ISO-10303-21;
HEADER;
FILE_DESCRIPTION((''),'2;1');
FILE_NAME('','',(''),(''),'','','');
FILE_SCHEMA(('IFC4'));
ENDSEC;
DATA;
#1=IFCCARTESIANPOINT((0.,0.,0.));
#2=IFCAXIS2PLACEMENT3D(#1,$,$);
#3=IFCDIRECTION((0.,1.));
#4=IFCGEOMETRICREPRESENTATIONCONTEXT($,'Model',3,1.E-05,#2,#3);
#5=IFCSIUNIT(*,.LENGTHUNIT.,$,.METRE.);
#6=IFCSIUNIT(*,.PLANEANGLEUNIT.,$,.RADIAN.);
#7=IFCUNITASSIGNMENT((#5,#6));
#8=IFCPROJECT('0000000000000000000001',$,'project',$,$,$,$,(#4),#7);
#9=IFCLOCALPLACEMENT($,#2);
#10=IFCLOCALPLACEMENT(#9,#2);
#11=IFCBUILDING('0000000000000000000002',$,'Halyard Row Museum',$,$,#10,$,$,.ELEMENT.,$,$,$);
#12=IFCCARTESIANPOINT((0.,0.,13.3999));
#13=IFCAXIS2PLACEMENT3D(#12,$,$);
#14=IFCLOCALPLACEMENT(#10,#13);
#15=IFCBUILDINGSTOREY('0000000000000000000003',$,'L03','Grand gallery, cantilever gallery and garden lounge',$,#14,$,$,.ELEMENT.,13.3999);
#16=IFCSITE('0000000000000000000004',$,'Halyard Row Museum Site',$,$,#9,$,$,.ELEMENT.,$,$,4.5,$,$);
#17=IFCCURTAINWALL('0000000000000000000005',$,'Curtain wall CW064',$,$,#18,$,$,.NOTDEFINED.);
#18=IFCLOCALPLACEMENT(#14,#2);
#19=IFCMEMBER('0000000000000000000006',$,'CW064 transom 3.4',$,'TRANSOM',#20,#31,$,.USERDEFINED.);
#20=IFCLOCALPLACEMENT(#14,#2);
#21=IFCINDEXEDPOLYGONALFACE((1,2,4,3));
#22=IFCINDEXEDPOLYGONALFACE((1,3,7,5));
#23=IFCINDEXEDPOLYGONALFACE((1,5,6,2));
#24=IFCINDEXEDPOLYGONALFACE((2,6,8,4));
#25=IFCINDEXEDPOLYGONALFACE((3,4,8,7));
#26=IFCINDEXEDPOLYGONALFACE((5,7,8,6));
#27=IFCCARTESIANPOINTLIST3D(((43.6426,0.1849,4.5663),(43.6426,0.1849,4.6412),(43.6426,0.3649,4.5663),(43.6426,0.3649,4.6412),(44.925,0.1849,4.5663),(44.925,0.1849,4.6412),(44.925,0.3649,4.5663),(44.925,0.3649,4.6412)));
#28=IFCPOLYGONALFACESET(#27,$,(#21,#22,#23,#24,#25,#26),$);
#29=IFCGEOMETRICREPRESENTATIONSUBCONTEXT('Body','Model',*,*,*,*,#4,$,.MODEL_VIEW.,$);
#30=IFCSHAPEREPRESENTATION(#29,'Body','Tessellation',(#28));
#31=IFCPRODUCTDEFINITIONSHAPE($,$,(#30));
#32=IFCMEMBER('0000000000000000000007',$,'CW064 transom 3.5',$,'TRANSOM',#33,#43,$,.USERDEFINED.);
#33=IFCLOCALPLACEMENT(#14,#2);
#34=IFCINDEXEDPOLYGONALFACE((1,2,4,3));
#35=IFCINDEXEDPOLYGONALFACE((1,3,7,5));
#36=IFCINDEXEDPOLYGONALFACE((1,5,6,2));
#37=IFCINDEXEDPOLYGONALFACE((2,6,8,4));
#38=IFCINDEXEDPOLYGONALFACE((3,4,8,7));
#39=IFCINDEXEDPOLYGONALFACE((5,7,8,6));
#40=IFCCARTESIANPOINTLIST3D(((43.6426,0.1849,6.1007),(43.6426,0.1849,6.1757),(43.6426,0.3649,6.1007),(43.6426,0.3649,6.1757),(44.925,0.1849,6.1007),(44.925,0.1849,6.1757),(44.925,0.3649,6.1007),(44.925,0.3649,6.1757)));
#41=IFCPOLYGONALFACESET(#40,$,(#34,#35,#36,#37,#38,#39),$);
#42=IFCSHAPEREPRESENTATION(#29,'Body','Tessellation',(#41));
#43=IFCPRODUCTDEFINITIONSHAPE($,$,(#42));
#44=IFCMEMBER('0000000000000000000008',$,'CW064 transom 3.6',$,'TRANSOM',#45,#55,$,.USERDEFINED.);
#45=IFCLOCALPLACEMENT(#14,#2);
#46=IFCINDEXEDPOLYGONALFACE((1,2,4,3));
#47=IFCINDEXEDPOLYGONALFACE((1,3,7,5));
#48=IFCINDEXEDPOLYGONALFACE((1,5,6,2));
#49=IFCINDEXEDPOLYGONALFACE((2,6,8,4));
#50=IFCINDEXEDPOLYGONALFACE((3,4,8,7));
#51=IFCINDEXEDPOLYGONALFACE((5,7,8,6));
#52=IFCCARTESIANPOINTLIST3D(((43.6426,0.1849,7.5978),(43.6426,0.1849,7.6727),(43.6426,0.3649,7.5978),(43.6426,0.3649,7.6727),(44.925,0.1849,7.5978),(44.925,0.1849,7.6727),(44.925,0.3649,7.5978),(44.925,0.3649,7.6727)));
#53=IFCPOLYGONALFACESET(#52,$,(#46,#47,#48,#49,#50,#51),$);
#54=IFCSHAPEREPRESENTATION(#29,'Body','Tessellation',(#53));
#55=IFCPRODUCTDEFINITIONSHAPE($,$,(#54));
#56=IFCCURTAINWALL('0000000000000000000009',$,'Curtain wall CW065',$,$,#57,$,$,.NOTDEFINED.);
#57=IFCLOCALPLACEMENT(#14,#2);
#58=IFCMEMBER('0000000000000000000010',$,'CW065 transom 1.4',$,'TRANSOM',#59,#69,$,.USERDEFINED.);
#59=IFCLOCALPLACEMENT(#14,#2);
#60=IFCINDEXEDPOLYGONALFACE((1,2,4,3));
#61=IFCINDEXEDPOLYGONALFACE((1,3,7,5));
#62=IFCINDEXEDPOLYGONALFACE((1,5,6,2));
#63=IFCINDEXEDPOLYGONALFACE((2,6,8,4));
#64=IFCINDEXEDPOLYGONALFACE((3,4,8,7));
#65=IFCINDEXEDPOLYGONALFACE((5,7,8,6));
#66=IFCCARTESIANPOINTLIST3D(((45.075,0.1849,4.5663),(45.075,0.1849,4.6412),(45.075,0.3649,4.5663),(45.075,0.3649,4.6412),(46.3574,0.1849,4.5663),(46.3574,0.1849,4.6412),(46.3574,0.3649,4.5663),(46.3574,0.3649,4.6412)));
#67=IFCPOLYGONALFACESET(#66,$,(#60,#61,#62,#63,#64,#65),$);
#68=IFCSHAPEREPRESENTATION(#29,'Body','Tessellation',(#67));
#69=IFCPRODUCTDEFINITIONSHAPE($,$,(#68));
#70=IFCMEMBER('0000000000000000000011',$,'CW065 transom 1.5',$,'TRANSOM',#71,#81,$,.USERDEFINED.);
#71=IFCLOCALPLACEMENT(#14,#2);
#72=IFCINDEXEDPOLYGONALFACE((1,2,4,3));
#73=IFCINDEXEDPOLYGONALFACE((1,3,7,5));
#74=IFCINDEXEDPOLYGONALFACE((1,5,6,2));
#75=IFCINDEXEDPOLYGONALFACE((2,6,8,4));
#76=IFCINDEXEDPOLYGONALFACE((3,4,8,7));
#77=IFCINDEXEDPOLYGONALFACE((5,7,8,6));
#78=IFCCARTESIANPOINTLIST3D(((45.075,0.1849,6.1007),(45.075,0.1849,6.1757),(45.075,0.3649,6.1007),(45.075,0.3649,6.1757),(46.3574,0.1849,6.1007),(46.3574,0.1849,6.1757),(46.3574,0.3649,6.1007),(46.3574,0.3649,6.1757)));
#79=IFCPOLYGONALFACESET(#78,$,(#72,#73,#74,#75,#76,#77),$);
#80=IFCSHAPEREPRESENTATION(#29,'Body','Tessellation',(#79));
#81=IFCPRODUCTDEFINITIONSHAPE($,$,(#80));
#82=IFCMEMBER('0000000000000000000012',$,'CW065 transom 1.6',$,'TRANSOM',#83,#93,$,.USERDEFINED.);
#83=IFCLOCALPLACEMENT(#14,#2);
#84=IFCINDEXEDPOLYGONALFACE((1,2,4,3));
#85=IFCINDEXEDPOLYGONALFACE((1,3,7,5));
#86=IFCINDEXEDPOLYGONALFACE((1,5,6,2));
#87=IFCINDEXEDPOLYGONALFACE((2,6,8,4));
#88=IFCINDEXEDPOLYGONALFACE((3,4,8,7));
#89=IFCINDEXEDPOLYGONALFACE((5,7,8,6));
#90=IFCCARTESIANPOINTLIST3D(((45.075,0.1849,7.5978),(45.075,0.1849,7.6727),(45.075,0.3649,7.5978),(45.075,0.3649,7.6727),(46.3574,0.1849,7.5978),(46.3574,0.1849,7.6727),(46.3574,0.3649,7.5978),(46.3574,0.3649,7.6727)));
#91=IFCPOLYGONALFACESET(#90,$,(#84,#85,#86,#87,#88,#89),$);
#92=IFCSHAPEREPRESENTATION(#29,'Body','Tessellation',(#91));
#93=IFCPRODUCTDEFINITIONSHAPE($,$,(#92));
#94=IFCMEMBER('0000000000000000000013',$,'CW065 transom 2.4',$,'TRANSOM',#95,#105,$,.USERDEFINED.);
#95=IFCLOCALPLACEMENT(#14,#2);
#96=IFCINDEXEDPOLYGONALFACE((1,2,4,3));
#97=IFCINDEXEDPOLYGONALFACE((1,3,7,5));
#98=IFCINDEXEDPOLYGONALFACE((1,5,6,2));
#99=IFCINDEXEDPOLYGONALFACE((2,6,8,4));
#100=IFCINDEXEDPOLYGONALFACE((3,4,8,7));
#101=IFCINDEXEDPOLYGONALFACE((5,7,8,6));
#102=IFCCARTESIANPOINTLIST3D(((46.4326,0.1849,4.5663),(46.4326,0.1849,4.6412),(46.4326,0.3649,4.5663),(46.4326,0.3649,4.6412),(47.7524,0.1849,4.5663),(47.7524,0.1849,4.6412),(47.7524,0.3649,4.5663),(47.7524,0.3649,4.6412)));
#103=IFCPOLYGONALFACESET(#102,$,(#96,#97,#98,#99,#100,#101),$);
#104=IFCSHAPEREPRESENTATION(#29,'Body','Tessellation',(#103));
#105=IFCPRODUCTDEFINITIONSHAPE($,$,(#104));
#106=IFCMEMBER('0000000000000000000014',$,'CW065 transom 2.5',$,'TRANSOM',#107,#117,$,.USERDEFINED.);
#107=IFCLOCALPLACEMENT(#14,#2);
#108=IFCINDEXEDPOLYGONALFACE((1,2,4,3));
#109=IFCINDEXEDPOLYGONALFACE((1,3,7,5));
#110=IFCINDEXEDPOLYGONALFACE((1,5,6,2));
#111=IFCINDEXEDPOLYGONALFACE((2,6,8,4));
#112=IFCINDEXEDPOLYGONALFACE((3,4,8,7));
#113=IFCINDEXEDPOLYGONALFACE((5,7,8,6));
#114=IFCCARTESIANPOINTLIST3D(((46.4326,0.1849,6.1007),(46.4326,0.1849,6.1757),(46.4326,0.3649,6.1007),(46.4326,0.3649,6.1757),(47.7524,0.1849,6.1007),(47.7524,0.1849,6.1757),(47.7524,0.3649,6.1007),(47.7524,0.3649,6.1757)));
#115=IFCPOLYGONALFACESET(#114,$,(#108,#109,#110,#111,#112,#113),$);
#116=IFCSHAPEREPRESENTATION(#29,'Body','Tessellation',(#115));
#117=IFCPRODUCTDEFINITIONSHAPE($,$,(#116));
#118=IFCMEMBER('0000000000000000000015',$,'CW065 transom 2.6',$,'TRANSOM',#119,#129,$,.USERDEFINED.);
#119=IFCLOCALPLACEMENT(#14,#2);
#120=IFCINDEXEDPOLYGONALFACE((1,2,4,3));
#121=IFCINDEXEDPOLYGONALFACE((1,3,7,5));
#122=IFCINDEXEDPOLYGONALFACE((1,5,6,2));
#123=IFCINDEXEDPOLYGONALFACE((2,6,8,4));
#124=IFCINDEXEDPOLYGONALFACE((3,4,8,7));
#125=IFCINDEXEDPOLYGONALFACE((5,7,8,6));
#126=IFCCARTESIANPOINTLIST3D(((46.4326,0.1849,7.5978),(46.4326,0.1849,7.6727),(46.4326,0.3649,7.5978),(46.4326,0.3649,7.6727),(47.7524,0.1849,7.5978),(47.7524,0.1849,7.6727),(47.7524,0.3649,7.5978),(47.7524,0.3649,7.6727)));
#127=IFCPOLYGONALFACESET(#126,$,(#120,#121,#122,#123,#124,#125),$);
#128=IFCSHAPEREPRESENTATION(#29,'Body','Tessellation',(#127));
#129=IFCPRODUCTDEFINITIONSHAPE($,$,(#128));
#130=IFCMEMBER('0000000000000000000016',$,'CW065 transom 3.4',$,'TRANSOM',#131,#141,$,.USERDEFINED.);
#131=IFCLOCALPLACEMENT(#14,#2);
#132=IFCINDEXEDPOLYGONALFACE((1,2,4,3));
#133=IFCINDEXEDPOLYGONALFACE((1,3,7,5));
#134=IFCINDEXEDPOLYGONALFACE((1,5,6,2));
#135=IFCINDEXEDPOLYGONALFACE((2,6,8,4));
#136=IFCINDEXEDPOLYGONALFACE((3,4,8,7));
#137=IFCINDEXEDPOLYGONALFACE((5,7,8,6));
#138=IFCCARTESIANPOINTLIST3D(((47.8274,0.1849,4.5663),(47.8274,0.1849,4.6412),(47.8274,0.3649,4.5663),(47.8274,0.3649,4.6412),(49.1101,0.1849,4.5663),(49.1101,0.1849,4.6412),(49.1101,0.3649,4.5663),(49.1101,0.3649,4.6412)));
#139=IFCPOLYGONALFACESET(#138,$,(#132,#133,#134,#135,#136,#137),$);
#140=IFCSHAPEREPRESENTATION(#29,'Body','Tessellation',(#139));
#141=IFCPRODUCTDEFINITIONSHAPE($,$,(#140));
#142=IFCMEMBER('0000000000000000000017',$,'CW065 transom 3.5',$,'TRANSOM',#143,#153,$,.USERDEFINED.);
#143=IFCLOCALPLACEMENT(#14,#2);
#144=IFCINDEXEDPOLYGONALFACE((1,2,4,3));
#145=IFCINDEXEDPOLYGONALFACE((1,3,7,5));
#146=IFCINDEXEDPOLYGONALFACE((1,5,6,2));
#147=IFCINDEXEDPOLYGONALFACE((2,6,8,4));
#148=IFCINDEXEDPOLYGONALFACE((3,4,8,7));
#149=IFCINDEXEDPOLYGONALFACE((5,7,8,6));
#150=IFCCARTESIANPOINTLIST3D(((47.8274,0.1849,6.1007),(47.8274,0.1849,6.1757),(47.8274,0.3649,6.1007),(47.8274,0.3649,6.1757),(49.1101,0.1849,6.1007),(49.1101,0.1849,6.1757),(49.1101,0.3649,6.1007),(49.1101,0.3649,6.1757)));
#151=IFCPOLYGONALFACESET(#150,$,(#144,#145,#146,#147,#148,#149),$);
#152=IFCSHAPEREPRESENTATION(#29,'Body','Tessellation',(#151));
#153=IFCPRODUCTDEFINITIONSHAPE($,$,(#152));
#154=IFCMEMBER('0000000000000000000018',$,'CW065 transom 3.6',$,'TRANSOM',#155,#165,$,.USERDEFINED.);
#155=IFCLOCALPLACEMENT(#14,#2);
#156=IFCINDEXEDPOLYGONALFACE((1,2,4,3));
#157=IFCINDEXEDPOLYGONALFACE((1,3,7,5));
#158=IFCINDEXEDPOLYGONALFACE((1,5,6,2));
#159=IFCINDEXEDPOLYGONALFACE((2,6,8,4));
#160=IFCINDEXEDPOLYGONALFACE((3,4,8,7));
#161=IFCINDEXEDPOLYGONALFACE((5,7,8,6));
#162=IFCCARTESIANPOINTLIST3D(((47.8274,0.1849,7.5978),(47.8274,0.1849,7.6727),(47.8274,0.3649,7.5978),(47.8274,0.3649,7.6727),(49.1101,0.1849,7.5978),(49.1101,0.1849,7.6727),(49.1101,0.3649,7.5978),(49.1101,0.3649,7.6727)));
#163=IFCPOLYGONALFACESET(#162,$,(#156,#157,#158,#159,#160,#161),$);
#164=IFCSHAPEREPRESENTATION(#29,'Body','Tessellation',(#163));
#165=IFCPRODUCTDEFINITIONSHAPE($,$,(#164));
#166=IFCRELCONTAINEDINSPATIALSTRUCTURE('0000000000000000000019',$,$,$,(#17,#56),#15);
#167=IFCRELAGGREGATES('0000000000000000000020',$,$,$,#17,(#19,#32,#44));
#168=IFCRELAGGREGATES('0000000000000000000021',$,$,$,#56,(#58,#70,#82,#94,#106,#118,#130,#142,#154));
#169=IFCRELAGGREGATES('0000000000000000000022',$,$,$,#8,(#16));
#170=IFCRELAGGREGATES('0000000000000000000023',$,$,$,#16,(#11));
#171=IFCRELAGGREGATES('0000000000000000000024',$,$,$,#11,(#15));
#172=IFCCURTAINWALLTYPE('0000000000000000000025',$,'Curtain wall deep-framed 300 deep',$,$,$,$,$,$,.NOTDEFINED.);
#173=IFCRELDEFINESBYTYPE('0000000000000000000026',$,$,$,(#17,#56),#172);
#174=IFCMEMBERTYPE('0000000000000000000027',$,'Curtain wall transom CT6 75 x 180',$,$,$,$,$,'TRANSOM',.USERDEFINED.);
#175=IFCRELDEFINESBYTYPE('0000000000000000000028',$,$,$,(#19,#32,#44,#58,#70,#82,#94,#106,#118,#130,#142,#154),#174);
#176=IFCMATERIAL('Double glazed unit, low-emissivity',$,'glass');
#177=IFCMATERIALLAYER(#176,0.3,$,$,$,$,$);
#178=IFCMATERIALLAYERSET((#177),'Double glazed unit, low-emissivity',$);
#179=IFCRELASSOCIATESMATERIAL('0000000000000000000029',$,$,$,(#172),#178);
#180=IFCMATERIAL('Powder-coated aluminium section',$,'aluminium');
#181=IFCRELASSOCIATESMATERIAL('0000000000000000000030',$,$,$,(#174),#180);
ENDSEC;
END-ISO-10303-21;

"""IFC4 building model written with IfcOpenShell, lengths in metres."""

from ifc_helpers import new_model, si_unit, direction, frame, origin, origin_2d, place, context, subcontext, project, spatial, rectangle, extrude, material, layer, layer_set, material_profile, profile_set, type_object, element, aggregate, save


model = new_model("IFC4")

# Units and contexts
model_context = context("Model", 3, precision=1e-05, world=origin(), true_north=direction((0.0, 1.0)))
body_context = subcontext(model_context, "Body", "Model", "MODEL_VIEW")
ifc_project = project(units=[si_unit("LENGTHUNIT", "METRE"), si_unit("PLANEANGLEUNIT", "RADIAN")], contexts=[model_context])

# Site, building, storey
site_placement = place(None, origin())
site = spatial("IfcSite", under=ifc_project, at=site_placement, Name="Halyard Row Museum Site", CompositionType="ELEMENT", RefElevation=4.5)
building_placement = place(site_placement, origin())
building = spatial("IfcBuilding", under=site, at=building_placement, Name="Halyard Row Museum", CompositionType="ELEMENT")
storey_placement = place(building_placement, frame((0.0, 0.0, 13.3999)))
storey = spatial("IfcBuildingStorey", under=building, at=storey_placement, Name="L03", Description="Grand gallery, cantilever gallery and garden lounge", CompositionType="ELEMENT", Elevation=13.3999)

# Curtain walls, members
ifc_material_1 = material(Name="Double glazed unit, low-emissivity", Category="glass")
ifc_layer_1 = layer(ifc_material_1, 0.3)
ifc_layer_set_1 = layer_set([ifc_layer_1], Name="Double glazed unit, low-emissivity")
curtain_wall_type = type_object("IfcCurtainWallType", Name="Curtain wall deep-framed 300 deep", PredefinedType="NOTDEFINED", material=ifc_layer_set_1)
curtain_wall_1_placement = place(storey_placement, origin())
curtain_wall_1 = element("IfcCurtainWall", 1, at=curtain_wall_1_placement, inside=storey, type_object=curtain_wall_type, Name="Curtain wall CW064", PredefinedType="NOTDEFINED")
ifc_material_2 = material(Name="Powder-coated aluminium section", Category="aluminium")
ifc_material_profile_1 = material_profile(ifc_material_2, rectangle(XDim=0.1799, YDim=0.075, at=origin_2d()), Name="180x75 transom")
ifc_profile_set_1 = profile_set([ifc_material_profile_1], Name="Powder-coated aluminium section")
member_type_1 = type_object("IfcMemberType", Name="Curtain wall transom CT6 75 x 180", ElementType="TRANSOM", PredefinedType="USERDEFINED", material=ifc_profile_set_1)
member_1_placement = place(storey_placement, frame((43.6426, 0.2749, 4.6038), z_axis=(1.0, 0.0, 0.0), x_axis=(0.0, 1.0, 0.0)))
member_1 = element("IfcMember", 2, at=member_1_placement, type_object=member_type_1, Name="CW064 transom 3.4", ObjectType="TRANSOM", PredefinedType="USERDEFINED", context=body_context, shape_type="SweptSolid", body=[
    extrude(rectangle(XDim=0.1799, YDim=0.075, at=origin_2d()), origin(), (0.0, 0.0, 1.0), 1.2825),
])
member_2_placement = place(storey_placement, frame((43.6426, 0.2749, 6.1382), z_axis=(1.0, 0.0, 0.0), x_axis=(0.0, 1.0, 0.0)))
member_2 = element("IfcMember", 3, at=member_2_placement, type_object=member_type_1, Name="CW064 transom 3.5", ObjectType="TRANSOM", PredefinedType="USERDEFINED", context=body_context, shape_type="SweptSolid", body=[
    extrude(rectangle(XDim=0.1799, YDim=0.075, at=origin_2d()), origin(), (0.0, 0.0, 1.0), 1.2825),
])
member_3_placement = place(storey_placement, frame((43.6426, 0.2749, 7.6353), z_axis=(1.0, 0.0, 0.0), x_axis=(0.0, 1.0, 0.0)))
member_3 = element("IfcMember", 4, at=member_3_placement, type_object=member_type_1, Name="CW064 transom 3.6", ObjectType="TRANSOM", PredefinedType="USERDEFINED", context=body_context, shape_type="SweptSolid", body=[
    extrude(rectangle(XDim=0.1799, YDim=0.075, at=origin_2d()), origin(), (0.0, 0.0, 1.0), 1.2825),
])
curtain_wall_2_placement = place(storey_placement, origin())
curtain_wall_2 = element("IfcCurtainWall", 5, at=curtain_wall_2_placement, inside=storey, type_object=curtain_wall_type, Name="Curtain wall CW065", PredefinedType="NOTDEFINED")
member_4_placement = place(storey_placement, frame((45.075, 0.2749, 4.6038), z_axis=(1.0, 0.0, 0.0), x_axis=(0.0, 1.0, 0.0)))
member_4 = element("IfcMember", 6, at=member_4_placement, type_object=member_type_1, Name="CW065 transom 1.4", ObjectType="TRANSOM", PredefinedType="USERDEFINED", context=body_context, shape_type="SweptSolid", body=[
    extrude(rectangle(XDim=0.1799, YDim=0.075, at=origin_2d()), origin(), (0.0, 0.0, 1.0), 1.2825),
])
member_5_placement = place(storey_placement, frame((45.075, 0.2749, 6.1382), z_axis=(1.0, 0.0, 0.0), x_axis=(0.0, 1.0, 0.0)))
member_5 = element("IfcMember", 7, at=member_5_placement, type_object=member_type_1, Name="CW065 transom 1.5", ObjectType="TRANSOM", PredefinedType="USERDEFINED", context=body_context, shape_type="SweptSolid", body=[
    extrude(rectangle(XDim=0.1799, YDim=0.075, at=origin_2d()), origin(), (0.0, 0.0, 1.0), 1.2825),
])
member_6_placement = place(storey_placement, frame((45.075, 0.2749, 7.6353), z_axis=(1.0, 0.0, 0.0), x_axis=(0.0, 1.0, 0.0)))
member_6 = element("IfcMember", 8, at=member_6_placement, type_object=member_type_1, Name="CW065 transom 1.6", ObjectType="TRANSOM", PredefinedType="USERDEFINED", context=body_context, shape_type="SweptSolid", body=[
    extrude(rectangle(XDim=0.1799, YDim=0.075, at=origin_2d()), origin(), (0.0, 0.0, 1.0), 1.2825),
])
member_7_placement = place(storey_placement, frame((46.4326, 0.2749, 4.6038), z_axis=(1.0, 0.0, 0.0), x_axis=(0.0, 1.0, 0.0)))
member_7 = element("IfcMember", 9, at=member_7_placement, type_object=member_type_1, Name="CW065 transom 2.4", ObjectType="TRANSOM", PredefinedType="USERDEFINED", context=body_context, shape_type="SweptSolid", body=[
    extrude(rectangle(XDim=0.1799, YDim=0.075, at=origin_2d()), origin(), (0.0, 0.0, 1.0), 1.3198),
])
member_8_placement = place(storey_placement, frame((46.4326, 0.2749, 6.1382), z_axis=(1.0, 0.0, 0.0), x_axis=(0.0, 1.0, 0.0)))
member_8 = element("IfcMember", 10, at=member_8_placement, type_object=member_type_1, Name="CW065 transom 2.5", ObjectType="TRANSOM", PredefinedType="USERDEFINED", context=body_context, shape_type="SweptSolid", body=[
    extrude(rectangle(XDim=0.1799, YDim=0.075, at=origin_2d()), origin(), (0.0, 0.0, 1.0), 1.3198),
])
member_9_placement = place(storey_placement, frame((46.4326, 0.2749, 7.6353), z_axis=(1.0, 0.0, 0.0), x_axis=(0.0, 1.0, 0.0)))
member_9 = element("IfcMember", 11, at=member_9_placement, type_object=member_type_1, Name="CW065 transom 2.6", ObjectType="TRANSOM", PredefinedType="USERDEFINED", context=body_context, shape_type="SweptSolid", body=[
    extrude(rectangle(XDim=0.1799, YDim=0.075, at=origin_2d()), origin(), (0.0, 0.0, 1.0), 1.3198),
])
member_10_placement = place(storey_placement, frame((47.8274, 0.2749, 4.6038), z_axis=(1.0, 0.0, 0.0), x_axis=(0.0, 1.0, 0.0)))
member_10 = element("IfcMember", 12, at=member_10_placement, type_object=member_type_1, Name="CW065 transom 3.4", ObjectType="TRANSOM", PredefinedType="USERDEFINED", context=body_context, shape_type="SweptSolid", body=[
    extrude(rectangle(XDim=0.1799, YDim=0.075, at=origin_2d()), origin(), (0.0, 0.0, 1.0), 1.2827),
])
member_11_placement = place(storey_placement, frame((47.8274, 0.2749, 6.1382), z_axis=(1.0, 0.0, 0.0), x_axis=(0.0, 1.0, 0.0)))
member_11 = element("IfcMember", 13, at=member_11_placement, type_object=member_type_1, Name="CW065 transom 3.5", ObjectType="TRANSOM", PredefinedType="USERDEFINED", context=body_context, shape_type="SweptSolid", body=[
    extrude(rectangle(XDim=0.1799, YDim=0.075, at=origin_2d()), origin(), (0.0, 0.0, 1.0), 1.2827),
])
member_12_placement = place(storey_placement, frame((47.8274, 0.2749, 7.6353), z_axis=(1.0, 0.0, 0.0), x_axis=(0.0, 1.0, 0.0)))
member_12 = element("IfcMember", 14, at=member_12_placement, type_object=member_type_1, Name="CW065 transom 3.6", ObjectType="TRANSOM", PredefinedType="USERDEFINED", context=body_context, shape_type="SweptSolid", body=[
    extrude(rectangle(XDim=0.1799, YDim=0.075, at=origin_2d()), origin(), (0.0, 0.0, 1.0), 1.2827),
])

aggregate(curtain_wall_1, [member_1, member_2, member_3])
aggregate(curtain_wall_2, [member_4, member_5, member_6, member_7, member_8, member_9, member_10, member_11, member_12])

save(model, "model.ifc")
